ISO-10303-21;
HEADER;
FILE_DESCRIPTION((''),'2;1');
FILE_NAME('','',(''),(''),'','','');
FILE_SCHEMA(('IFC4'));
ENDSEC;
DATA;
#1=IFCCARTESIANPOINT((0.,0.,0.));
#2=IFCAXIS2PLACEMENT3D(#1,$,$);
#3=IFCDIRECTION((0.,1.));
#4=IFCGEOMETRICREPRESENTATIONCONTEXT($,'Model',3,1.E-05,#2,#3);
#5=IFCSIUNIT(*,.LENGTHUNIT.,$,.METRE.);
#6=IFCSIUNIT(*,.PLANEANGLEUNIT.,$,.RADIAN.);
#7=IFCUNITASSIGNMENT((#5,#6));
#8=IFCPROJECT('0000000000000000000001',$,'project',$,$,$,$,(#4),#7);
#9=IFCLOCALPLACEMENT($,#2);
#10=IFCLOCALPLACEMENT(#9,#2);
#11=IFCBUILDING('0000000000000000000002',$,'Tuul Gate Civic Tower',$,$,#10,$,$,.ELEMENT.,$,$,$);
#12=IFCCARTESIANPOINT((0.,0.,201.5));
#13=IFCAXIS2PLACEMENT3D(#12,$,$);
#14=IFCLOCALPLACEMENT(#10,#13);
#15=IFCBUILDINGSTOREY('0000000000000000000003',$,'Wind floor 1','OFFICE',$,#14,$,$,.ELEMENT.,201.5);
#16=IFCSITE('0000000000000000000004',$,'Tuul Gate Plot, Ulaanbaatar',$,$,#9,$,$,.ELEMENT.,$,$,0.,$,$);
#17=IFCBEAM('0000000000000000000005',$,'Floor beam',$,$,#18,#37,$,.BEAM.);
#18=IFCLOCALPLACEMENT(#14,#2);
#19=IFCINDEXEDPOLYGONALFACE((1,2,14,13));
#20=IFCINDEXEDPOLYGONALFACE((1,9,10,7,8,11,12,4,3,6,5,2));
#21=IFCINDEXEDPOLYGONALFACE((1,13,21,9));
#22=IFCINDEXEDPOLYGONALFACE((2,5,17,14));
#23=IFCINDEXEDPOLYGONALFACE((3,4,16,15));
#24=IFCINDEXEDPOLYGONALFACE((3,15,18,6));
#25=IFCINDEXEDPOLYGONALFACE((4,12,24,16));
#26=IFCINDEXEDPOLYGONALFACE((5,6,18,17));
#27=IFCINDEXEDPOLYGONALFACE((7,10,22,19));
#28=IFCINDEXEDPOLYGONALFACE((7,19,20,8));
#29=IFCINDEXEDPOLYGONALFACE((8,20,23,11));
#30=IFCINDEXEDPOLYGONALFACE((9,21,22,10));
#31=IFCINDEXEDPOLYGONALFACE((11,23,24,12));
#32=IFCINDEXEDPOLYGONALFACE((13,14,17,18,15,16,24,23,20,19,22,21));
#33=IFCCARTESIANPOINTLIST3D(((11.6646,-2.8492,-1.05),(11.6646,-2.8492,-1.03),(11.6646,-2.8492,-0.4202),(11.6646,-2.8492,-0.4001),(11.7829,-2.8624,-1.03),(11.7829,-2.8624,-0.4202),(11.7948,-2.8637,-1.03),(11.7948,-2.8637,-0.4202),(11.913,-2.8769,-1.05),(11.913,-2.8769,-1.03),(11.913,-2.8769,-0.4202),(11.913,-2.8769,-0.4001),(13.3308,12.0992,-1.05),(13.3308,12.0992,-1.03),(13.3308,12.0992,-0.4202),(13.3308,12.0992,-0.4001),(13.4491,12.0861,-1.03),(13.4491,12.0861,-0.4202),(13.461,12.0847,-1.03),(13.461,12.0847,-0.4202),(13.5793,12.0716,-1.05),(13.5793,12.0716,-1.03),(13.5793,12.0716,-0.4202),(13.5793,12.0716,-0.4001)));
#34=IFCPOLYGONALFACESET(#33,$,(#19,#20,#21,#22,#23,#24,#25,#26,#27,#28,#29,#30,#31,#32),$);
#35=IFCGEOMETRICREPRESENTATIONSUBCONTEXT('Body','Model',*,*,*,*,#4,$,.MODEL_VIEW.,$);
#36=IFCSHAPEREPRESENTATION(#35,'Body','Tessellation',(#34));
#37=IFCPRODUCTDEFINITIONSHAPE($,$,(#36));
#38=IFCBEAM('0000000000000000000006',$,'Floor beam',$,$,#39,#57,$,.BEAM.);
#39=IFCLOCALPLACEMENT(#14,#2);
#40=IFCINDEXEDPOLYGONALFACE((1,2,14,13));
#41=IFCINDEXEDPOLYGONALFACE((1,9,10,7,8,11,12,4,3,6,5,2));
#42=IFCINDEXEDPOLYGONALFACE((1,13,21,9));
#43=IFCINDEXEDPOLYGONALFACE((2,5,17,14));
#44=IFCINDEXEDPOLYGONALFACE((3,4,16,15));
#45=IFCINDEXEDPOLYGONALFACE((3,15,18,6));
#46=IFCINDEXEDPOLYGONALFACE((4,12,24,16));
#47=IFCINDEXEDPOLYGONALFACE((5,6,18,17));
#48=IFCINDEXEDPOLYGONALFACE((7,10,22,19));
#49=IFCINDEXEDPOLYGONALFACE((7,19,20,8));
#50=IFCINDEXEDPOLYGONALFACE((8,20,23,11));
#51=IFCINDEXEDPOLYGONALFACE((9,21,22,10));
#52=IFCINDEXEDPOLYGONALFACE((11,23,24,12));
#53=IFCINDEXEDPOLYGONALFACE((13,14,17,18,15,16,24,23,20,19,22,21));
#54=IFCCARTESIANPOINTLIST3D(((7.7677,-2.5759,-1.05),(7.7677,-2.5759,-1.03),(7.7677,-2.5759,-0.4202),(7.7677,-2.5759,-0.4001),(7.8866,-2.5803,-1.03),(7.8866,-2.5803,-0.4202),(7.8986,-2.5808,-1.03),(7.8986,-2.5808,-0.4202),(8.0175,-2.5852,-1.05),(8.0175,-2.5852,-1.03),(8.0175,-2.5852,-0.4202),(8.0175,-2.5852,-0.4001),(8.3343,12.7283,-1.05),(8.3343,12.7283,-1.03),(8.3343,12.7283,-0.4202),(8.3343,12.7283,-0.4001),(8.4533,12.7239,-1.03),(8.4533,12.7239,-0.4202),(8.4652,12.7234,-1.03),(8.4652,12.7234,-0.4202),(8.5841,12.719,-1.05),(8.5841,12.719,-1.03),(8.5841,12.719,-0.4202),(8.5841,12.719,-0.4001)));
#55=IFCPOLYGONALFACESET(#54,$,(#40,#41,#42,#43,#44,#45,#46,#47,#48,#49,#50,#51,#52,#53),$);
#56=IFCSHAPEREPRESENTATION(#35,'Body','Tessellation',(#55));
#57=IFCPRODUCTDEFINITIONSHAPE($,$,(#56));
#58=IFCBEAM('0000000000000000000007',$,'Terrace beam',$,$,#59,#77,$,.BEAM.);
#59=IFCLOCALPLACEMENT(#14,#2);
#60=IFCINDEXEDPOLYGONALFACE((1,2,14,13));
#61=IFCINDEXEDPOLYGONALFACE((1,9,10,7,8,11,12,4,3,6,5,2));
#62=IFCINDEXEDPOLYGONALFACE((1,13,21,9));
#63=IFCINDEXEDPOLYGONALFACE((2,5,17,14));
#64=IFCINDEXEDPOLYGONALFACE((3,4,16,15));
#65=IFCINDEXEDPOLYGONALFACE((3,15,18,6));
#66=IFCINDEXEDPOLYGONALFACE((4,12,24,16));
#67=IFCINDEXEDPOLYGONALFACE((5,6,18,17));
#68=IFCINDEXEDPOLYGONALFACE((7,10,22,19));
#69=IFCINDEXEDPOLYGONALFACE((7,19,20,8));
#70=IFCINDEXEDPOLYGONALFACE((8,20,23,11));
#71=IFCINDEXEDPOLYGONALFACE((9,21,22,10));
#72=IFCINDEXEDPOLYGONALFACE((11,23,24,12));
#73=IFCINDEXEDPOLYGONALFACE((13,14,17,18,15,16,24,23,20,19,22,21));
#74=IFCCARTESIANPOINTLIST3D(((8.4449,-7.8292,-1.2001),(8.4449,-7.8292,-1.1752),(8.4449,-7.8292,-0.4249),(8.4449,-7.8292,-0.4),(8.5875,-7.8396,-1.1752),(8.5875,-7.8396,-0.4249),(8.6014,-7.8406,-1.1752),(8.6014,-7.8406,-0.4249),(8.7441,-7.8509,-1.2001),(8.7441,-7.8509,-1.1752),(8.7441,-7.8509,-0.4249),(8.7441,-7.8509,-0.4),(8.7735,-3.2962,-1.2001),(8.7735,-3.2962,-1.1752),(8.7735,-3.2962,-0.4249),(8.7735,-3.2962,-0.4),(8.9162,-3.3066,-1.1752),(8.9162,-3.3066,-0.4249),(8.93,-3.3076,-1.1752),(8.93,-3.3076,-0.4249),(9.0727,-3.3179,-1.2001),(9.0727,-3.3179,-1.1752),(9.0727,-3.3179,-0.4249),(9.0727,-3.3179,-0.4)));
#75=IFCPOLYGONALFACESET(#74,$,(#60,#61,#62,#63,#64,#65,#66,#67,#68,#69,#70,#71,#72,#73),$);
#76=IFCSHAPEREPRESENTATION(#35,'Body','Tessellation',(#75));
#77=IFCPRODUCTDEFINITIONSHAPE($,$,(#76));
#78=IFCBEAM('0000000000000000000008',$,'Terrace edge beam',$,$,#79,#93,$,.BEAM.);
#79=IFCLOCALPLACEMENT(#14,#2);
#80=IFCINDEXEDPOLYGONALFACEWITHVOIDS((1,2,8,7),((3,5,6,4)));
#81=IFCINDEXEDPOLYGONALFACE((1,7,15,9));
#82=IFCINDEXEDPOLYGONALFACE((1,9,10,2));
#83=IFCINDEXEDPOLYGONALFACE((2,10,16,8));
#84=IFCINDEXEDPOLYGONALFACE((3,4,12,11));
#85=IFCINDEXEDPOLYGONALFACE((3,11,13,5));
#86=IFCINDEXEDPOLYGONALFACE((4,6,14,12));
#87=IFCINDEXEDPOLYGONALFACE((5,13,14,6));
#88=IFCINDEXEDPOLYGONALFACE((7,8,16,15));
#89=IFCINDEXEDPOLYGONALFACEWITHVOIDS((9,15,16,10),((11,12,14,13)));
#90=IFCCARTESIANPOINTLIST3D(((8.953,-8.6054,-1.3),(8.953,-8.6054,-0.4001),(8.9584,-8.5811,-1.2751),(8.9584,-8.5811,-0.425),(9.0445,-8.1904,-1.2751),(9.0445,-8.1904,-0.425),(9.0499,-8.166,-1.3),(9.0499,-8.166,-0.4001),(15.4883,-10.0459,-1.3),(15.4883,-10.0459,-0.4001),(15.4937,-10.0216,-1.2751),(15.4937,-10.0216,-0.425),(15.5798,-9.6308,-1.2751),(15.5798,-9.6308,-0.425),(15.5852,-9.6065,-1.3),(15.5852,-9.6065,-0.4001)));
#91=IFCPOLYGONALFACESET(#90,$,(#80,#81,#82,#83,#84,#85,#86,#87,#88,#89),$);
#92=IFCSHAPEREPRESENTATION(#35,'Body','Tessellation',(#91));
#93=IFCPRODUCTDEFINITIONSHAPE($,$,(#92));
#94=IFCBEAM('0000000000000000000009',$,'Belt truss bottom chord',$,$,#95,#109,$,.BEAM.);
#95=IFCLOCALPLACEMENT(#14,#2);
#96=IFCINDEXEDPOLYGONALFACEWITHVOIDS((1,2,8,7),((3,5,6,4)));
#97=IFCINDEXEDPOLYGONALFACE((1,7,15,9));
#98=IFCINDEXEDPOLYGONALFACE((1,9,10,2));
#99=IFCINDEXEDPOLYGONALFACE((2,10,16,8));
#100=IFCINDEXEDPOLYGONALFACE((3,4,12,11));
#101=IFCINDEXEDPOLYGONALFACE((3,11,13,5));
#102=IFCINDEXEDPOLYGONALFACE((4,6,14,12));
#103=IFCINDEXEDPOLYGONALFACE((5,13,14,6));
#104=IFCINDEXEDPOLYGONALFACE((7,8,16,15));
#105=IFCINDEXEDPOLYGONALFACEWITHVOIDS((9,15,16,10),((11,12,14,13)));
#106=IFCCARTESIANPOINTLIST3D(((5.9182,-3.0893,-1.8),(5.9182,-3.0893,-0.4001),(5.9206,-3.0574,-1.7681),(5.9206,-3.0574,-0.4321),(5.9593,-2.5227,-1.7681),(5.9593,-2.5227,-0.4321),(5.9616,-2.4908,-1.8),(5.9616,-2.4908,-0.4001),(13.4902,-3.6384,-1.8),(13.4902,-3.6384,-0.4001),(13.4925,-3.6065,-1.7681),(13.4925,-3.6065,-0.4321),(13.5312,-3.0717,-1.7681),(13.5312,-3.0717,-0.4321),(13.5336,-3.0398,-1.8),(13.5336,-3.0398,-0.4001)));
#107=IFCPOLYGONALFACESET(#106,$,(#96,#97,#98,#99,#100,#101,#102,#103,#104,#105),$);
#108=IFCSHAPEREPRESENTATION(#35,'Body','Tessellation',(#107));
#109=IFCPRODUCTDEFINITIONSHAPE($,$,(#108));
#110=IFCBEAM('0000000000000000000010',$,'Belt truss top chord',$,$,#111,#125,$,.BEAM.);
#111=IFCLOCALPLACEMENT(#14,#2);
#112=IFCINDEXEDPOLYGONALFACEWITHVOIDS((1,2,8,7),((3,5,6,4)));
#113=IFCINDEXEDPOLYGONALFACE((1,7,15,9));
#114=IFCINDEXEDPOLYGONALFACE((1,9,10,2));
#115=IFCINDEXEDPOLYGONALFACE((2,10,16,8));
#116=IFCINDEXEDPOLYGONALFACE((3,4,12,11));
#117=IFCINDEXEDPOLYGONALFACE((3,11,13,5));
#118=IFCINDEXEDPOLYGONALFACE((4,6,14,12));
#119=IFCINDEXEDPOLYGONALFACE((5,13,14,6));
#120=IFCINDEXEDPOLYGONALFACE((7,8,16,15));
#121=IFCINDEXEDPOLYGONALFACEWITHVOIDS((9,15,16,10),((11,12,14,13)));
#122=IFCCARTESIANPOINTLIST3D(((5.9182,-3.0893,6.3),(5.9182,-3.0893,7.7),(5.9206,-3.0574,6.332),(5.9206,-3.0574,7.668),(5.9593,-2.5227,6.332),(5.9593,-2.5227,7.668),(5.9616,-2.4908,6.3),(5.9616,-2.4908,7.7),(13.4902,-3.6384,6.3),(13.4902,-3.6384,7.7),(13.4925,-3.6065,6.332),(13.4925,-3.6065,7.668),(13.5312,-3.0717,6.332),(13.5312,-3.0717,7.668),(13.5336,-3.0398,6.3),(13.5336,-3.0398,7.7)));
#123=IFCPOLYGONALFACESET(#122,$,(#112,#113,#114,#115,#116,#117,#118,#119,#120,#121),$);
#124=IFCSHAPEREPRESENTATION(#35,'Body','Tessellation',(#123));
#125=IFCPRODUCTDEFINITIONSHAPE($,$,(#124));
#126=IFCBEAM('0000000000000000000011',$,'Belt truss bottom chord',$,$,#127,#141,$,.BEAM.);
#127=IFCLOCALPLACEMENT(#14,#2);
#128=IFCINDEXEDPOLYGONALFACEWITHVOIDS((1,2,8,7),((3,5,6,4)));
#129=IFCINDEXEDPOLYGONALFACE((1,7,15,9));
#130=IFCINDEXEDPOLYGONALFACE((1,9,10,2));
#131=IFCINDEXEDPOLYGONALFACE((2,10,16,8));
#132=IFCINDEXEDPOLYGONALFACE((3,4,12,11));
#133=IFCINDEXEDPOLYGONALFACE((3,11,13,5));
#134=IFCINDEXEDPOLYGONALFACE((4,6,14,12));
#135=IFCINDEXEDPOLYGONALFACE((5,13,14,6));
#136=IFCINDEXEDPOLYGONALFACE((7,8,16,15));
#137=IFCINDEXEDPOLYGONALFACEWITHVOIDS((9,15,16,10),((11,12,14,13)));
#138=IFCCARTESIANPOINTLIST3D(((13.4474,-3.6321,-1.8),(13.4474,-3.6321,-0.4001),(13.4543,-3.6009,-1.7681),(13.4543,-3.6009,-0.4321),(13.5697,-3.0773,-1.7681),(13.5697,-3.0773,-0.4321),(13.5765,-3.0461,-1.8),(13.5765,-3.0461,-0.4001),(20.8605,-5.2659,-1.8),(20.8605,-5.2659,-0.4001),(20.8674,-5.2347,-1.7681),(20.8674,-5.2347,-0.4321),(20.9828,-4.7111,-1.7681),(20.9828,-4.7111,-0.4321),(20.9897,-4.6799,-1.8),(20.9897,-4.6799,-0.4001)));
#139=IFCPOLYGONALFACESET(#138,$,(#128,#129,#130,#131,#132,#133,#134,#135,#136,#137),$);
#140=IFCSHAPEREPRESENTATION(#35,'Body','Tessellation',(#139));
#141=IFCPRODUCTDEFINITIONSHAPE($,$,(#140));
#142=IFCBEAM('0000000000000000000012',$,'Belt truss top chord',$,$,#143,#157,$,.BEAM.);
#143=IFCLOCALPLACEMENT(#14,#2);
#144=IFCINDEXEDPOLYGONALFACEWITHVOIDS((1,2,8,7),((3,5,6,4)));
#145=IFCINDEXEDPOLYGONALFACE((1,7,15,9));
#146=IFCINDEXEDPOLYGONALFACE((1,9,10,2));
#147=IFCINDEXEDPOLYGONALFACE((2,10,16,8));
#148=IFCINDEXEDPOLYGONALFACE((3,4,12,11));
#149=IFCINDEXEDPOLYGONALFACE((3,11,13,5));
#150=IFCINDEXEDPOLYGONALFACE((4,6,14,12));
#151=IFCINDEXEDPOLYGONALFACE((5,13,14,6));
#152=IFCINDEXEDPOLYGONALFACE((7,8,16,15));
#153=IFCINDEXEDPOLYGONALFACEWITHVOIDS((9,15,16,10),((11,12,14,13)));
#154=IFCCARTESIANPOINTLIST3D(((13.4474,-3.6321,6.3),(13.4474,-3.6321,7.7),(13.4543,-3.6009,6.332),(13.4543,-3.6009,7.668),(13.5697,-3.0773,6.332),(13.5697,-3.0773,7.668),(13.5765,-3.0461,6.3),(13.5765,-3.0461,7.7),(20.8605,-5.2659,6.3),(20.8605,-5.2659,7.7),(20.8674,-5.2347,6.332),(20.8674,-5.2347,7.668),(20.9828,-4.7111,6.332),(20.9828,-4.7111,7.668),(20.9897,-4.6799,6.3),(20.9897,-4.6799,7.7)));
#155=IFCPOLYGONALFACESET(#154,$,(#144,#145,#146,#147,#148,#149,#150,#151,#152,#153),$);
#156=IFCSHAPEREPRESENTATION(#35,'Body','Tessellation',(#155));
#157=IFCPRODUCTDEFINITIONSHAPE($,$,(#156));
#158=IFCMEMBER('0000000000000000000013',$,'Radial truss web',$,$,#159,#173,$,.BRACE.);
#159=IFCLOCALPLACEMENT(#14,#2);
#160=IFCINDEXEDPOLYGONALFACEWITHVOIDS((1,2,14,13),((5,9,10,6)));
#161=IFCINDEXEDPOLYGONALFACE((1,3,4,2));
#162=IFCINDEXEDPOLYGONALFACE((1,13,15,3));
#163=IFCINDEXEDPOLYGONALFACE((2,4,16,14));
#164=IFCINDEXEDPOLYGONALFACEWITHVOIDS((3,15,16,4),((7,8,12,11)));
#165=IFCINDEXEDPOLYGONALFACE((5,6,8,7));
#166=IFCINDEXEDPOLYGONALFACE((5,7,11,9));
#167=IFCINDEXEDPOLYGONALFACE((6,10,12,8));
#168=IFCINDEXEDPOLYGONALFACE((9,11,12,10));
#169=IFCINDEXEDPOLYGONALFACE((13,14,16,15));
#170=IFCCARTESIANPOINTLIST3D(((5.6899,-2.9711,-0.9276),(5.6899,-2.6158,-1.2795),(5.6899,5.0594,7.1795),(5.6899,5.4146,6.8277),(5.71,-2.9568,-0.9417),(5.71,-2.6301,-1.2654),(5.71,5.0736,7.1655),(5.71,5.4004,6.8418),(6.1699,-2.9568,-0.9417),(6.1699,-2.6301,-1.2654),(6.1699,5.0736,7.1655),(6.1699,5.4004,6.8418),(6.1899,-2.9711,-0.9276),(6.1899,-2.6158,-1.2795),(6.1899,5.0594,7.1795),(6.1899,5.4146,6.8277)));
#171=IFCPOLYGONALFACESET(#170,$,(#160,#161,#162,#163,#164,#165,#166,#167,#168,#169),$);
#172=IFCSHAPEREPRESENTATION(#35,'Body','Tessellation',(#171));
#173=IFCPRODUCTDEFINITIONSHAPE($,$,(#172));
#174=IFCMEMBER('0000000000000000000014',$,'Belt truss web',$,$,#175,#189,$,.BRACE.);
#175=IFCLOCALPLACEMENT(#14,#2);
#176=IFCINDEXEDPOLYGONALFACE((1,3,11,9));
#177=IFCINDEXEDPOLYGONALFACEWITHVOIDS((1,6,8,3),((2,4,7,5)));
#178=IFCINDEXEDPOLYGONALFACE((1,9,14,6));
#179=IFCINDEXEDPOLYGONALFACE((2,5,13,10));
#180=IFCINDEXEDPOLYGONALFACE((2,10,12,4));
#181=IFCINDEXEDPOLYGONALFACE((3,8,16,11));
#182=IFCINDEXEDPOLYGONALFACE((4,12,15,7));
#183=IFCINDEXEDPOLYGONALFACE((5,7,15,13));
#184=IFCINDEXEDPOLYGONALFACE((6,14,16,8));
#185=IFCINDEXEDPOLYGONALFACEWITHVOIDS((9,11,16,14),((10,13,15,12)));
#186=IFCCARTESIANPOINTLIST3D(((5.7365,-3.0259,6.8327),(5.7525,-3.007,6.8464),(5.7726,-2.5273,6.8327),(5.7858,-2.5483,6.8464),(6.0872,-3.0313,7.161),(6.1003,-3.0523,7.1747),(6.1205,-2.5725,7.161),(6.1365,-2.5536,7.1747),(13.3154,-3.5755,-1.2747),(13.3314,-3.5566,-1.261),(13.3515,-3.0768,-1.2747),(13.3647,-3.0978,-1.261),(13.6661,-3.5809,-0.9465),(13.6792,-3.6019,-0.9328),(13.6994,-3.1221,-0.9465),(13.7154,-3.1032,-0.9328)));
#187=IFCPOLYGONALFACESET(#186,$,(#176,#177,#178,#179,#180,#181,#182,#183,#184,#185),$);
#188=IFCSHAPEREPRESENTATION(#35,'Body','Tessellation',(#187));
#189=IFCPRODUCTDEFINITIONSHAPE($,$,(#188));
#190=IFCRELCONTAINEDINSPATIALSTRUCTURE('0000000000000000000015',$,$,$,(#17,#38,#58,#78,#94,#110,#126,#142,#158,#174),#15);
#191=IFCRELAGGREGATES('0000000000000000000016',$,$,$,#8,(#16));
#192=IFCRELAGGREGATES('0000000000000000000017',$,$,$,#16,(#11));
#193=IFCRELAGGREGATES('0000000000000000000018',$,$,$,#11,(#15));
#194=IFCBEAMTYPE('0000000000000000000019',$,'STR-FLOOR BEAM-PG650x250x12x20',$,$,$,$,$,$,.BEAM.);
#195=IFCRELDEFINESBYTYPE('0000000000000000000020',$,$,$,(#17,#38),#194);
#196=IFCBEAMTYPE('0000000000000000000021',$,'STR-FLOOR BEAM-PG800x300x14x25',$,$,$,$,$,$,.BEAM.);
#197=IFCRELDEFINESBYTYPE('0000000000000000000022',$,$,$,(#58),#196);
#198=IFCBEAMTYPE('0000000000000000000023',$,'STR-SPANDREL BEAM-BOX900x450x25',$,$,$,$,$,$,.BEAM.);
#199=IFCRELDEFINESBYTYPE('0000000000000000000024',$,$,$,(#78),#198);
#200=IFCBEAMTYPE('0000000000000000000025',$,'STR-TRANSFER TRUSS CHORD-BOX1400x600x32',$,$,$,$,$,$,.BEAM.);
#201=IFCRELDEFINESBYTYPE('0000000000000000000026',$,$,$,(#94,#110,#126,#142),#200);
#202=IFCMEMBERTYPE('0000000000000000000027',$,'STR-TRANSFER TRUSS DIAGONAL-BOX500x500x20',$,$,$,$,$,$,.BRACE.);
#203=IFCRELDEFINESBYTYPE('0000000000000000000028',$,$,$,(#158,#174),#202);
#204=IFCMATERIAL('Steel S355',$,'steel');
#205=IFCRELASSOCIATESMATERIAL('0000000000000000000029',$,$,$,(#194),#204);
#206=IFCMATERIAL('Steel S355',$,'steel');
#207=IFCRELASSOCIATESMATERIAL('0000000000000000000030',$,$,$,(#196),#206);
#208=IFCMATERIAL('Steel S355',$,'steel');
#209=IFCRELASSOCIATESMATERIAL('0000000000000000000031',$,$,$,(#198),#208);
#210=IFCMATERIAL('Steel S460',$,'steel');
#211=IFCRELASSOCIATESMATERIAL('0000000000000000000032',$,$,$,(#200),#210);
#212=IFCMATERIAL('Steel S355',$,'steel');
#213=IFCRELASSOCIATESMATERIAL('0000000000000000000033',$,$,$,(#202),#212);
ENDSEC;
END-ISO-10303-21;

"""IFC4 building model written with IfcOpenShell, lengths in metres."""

from ifc_helpers import new_model, si_unit, direction, frame, origin, origin_2d, place, context, subcontext, project, spatial, hollow_rectangle, i_section, extrude, material, material_profile, profile_set, type_object, element, save


model = new_model("IFC4")

# Units and contexts
model_context = context("Model", 3, precision=1e-05, world=origin(), true_north=direction((0.0, 1.0)))
body_context = subcontext(model_context, "Body", "Model", "MODEL_VIEW")
ifc_project = project(units=[si_unit("LENGTHUNIT", "METRE"), si_unit("PLANEANGLEUNIT", "RADIAN")], contexts=[model_context])

# Site, building, storey
site_placement = place(None, origin())
site = spatial("IfcSite", under=ifc_project, at=site_placement, Name="Tuul Gate Plot, Ulaanbaatar", CompositionType="ELEMENT", RefElevation=0.0)
building_placement = place(site_placement, origin())
building = spatial("IfcBuilding", under=site, at=building_placement, Name="Tuul Gate Civic Tower", CompositionType="ELEMENT")
storey_placement = place(building_placement, frame((0.0, 0.0, 201.5)))
storey = spatial("IfcBuildingStorey", under=building, at=storey_placement, Name="Wind floor 1", Description="OFFICE", CompositionType="ELEMENT", Elevation=201.5)

# Beams
ifc_material_1 = material(Name="Steel S355", Category="steel")
ifc_material_profile_1 = material_profile(ifc_material_1, i_section(OverallWidth=0.25, OverallDepth=0.6499, WebThickness=0.012, FlangeThickness=0.02, at=origin_2d()), Name="PG650x250x12x20")
ifc_profile_set_1 = profile_set([ifc_material_profile_1], Name="Steel S355")
beam_type_1 = type_object("IfcBeamType", Name="STR-FLOOR BEAM-PG650x250x12x20", PredefinedType="BEAM", material=ifc_profile_set_1)
beam_1_placement = place(storey_placement, frame((11.7888, -2.863, -0.7251), z_axis=(0.110781, 0.993845, 0.0), x_axis=(-0.993845, 0.110781, 0.0)))
element("IfcBeam", 1, at=beam_1_placement, inside=storey, type_object=beam_type_1, Name="Floor beam", PredefinedType="BEAM", context=body_context, shape_type="SweptSolid", body=[
    extrude(i_section(OverallWidth=0.25, OverallDepth=0.6499, WebThickness=0.012, FlangeThickness=0.02, at=origin_2d()), origin(), (0.0, 0.0, 1.0), 15.041),
])
beam_2_placement = place(storey_placement, frame((7.8926, -2.5806, -0.7251), z_axis=(0.037, 0.999315, 0.0), x_axis=(-0.999315, 0.037, 0.0)))
element("IfcBeam", 2, at=beam_2_placement, inside=storey, type_object=beam_type_1, Name="Floor beam", PredefinedType="BEAM", context=body_context, shape_type="SweptSolid", body=[
    extrude(i_section(OverallWidth=0.25, OverallDepth=0.6499, WebThickness=0.012, FlangeThickness=0.02, at=origin_2d()), origin(), (0.0, 0.0, 1.0), 15.3147),
])
ifc_material_2 = material(Name="Steel S355", Category="steel")
ifc_material_profile_2 = material_profile(ifc_material_2, i_section(OverallWidth=0.3, OverallDepth=0.8, WebThickness=0.0139, FlangeThickness=0.0249, at=origin_2d()), Name="PG800x300x14x25")
ifc_profile_set_2 = profile_set([ifc_material_profile_2], Name="Steel S355")
beam_type_2 = type_object("IfcBeamType", Name="STR-FLOOR BEAM-PG800x300x14x25", PredefinedType="BEAM", material=ifc_profile_set_2)
beam_3_placement = place(storey_placement, frame((8.5945, -7.8401, -0.8), z_axis=(0.072304, 0.997383, 0.0), x_axis=(-0.997383, 0.072304, 0.0)))
element("IfcBeam", 3, at=beam_3_placement, inside=storey, type_object=beam_type_2, Name="Terrace beam", PredefinedType="BEAM", context=body_context, shape_type="SweptSolid", body=[
    extrude(i_section(OverallWidth=0.3, OverallDepth=0.8, WebThickness=0.0139, FlangeThickness=0.0249, at=origin_2d()), origin(), (0.0, 0.0, 1.0), 4.5449),
])
ifc_material_3 = material(Name="Steel S355", Category="steel")
ifc_material_profile_3 = material_profile(ifc_material_3, hollow_rectangle(XDim=0.45, YDim=0.8999, WallThickness=0.0249, at=origin_2d()), Name="BOX900x450x25")
ifc_profile_set_3 = profile_set([ifc_material_profile_3], Name="Steel S355")
beam_type_3 = type_object("IfcBeamType", Name="STR-SPANDREL BEAM-BOX900x450x25", PredefinedType="BEAM", material=ifc_profile_set_3)
beam_4_placement = place(storey_placement, frame((9.0015, -8.3857, -0.8501), z_axis=(0.97656, -0.215246, 0.0), x_axis=(0.215246, 0.97656, 0.0)))
element("IfcBeam", 4, at=beam_4_placement, inside=storey, type_object=beam_type_3, Name="Terrace edge beam", PredefinedType="BEAM", context=body_context, shape_type="SweptSolid", body=[
    extrude(hollow_rectangle(XDim=0.45, YDim=0.8999, WallThickness=0.0249, at=origin_2d()), origin(), (0.0, 0.0, 1.0), 6.6921),
])
ifc_material_4 = material(Name="Steel S460", Category="steel")
ifc_material_profile_4 = material_profile(ifc_material_4, hollow_rectangle(XDim=0.6001, YDim=1.3999, WallThickness=0.032, at=origin_2d()), Name="BOX1400x600x32")
ifc_profile_set_4 = profile_set([ifc_material_profile_4], Name="Steel S460")
beam_type_4 = type_object("IfcBeamType", Name="STR-TRANSFER TRUSS CHORD-BOX1400x600x32", PredefinedType="BEAM", material=ifc_profile_set_4)
for number, where, z_axis, x_axis, name in (
    (5, (5.9399, -2.79, -1.1001), (0.997381, -0.072323, 0.0), (0.072323, 0.997381, 0.0), "Belt truss bottom chord"),
    (6, (5.9399, -2.79, 7.0), (0.997381, -0.072323, 0.0), (0.072323, 0.997381, 0.0), "Belt truss top chord"),
):
    element("IfcBeam", number, at=place(storey_placement, frame(where, z_axis=z_axis, x_axis=x_axis)), inside=storey, type_object=beam_type_4, Name=name, PredefinedType="BEAM", context=body_context, shape_type="SweptSolid", body=[
        extrude(hollow_rectangle(XDim=0.6001, YDim=1.3999, WallThickness=0.032, at=origin_2d()), origin(), (0.0, 0.0, 1.0), 7.5918),
    ])
for number, where, z_axis, x_axis, name in (
    (7, (13.512, -3.3391, -1.1001), (0.976564, -0.215227, 0.0), (0.215227, 0.976564, 0.0), "Belt truss bottom chord"),
    (8, (13.512, -3.3391, 7.0), (0.976564, -0.215227, 0.0), (0.215227, 0.976564, 0.0), "Belt truss top chord"),
):
    element("IfcBeam", number, at=place(storey_placement, frame(where, z_axis=z_axis, x_axis=x_axis)), inside=storey, type_object=beam_type_4, Name=name, PredefinedType="BEAM", context=body_context, shape_type="SweptSolid", body=[
        extrude(hollow_rectangle(XDim=0.6001, YDim=1.3999, WallThickness=0.032, at=origin_2d()), origin(), (0.0, 0.0, 1.0), 7.5911),
    ])

# Members
ifc_material_5 = material(Name="Steel S355", Category="steel")
ifc_material_profile_5 = material_profile(ifc_material_5, hollow_rectangle(XDim=0.5, YDim=0.5, WallThickness=0.02, at=origin_2d()), Name="BOX500x500x20")
ifc_profile_set_5 = profile_set([ifc_material_profile_5], Name="Steel S355")
member_type_1 = type_object("IfcMemberType", Name="STR-TRANSFER TRUSS DIAGONAL-BOX500x500x20", PredefinedType="BRACE", material=ifc_profile_set_5)
member_1_placement = place(storey_placement, frame((5.9399, -2.7935, -1.1035), z_axis=(0.0, 0.70374, 0.710458), x_axis=(-1.0, 0.0, 0.0)))
element("IfcMember", 9, at=member_1_placement, inside=storey, type_object=member_type_1, Name="Radial truss web", PredefinedType="BRACE", context=body_context, shape_type="SweptSolid", body=[
    extrude(hollow_rectangle(XDim=0.5, YDim=0.5, WallThickness=0.02, at=origin_2d()), origin(), (0.0, 0.0, 1.0), 11.4111),
])
member_2_placement = place(storey_placement, frame((13.5154, -3.3394, -1.1038), z_axis=(-0.682057, 0.049458, 0.729625), x_axis=(-0.072322, -0.997381, 0.0)))
element("IfcMember", 10, at=member_2_placement, inside=storey, type_object=member_type_1, Name="Belt truss web", PredefinedType="BRACE", context=body_context, shape_type="SweptSolid", body=[
    extrude(hollow_rectangle(XDim=0.5, YDim=0.5, WallThickness=0.02, at=origin_2d()), origin(), (0.0, 0.0, 1.0), 11.1118),
])

save(model, "model.ifc")
